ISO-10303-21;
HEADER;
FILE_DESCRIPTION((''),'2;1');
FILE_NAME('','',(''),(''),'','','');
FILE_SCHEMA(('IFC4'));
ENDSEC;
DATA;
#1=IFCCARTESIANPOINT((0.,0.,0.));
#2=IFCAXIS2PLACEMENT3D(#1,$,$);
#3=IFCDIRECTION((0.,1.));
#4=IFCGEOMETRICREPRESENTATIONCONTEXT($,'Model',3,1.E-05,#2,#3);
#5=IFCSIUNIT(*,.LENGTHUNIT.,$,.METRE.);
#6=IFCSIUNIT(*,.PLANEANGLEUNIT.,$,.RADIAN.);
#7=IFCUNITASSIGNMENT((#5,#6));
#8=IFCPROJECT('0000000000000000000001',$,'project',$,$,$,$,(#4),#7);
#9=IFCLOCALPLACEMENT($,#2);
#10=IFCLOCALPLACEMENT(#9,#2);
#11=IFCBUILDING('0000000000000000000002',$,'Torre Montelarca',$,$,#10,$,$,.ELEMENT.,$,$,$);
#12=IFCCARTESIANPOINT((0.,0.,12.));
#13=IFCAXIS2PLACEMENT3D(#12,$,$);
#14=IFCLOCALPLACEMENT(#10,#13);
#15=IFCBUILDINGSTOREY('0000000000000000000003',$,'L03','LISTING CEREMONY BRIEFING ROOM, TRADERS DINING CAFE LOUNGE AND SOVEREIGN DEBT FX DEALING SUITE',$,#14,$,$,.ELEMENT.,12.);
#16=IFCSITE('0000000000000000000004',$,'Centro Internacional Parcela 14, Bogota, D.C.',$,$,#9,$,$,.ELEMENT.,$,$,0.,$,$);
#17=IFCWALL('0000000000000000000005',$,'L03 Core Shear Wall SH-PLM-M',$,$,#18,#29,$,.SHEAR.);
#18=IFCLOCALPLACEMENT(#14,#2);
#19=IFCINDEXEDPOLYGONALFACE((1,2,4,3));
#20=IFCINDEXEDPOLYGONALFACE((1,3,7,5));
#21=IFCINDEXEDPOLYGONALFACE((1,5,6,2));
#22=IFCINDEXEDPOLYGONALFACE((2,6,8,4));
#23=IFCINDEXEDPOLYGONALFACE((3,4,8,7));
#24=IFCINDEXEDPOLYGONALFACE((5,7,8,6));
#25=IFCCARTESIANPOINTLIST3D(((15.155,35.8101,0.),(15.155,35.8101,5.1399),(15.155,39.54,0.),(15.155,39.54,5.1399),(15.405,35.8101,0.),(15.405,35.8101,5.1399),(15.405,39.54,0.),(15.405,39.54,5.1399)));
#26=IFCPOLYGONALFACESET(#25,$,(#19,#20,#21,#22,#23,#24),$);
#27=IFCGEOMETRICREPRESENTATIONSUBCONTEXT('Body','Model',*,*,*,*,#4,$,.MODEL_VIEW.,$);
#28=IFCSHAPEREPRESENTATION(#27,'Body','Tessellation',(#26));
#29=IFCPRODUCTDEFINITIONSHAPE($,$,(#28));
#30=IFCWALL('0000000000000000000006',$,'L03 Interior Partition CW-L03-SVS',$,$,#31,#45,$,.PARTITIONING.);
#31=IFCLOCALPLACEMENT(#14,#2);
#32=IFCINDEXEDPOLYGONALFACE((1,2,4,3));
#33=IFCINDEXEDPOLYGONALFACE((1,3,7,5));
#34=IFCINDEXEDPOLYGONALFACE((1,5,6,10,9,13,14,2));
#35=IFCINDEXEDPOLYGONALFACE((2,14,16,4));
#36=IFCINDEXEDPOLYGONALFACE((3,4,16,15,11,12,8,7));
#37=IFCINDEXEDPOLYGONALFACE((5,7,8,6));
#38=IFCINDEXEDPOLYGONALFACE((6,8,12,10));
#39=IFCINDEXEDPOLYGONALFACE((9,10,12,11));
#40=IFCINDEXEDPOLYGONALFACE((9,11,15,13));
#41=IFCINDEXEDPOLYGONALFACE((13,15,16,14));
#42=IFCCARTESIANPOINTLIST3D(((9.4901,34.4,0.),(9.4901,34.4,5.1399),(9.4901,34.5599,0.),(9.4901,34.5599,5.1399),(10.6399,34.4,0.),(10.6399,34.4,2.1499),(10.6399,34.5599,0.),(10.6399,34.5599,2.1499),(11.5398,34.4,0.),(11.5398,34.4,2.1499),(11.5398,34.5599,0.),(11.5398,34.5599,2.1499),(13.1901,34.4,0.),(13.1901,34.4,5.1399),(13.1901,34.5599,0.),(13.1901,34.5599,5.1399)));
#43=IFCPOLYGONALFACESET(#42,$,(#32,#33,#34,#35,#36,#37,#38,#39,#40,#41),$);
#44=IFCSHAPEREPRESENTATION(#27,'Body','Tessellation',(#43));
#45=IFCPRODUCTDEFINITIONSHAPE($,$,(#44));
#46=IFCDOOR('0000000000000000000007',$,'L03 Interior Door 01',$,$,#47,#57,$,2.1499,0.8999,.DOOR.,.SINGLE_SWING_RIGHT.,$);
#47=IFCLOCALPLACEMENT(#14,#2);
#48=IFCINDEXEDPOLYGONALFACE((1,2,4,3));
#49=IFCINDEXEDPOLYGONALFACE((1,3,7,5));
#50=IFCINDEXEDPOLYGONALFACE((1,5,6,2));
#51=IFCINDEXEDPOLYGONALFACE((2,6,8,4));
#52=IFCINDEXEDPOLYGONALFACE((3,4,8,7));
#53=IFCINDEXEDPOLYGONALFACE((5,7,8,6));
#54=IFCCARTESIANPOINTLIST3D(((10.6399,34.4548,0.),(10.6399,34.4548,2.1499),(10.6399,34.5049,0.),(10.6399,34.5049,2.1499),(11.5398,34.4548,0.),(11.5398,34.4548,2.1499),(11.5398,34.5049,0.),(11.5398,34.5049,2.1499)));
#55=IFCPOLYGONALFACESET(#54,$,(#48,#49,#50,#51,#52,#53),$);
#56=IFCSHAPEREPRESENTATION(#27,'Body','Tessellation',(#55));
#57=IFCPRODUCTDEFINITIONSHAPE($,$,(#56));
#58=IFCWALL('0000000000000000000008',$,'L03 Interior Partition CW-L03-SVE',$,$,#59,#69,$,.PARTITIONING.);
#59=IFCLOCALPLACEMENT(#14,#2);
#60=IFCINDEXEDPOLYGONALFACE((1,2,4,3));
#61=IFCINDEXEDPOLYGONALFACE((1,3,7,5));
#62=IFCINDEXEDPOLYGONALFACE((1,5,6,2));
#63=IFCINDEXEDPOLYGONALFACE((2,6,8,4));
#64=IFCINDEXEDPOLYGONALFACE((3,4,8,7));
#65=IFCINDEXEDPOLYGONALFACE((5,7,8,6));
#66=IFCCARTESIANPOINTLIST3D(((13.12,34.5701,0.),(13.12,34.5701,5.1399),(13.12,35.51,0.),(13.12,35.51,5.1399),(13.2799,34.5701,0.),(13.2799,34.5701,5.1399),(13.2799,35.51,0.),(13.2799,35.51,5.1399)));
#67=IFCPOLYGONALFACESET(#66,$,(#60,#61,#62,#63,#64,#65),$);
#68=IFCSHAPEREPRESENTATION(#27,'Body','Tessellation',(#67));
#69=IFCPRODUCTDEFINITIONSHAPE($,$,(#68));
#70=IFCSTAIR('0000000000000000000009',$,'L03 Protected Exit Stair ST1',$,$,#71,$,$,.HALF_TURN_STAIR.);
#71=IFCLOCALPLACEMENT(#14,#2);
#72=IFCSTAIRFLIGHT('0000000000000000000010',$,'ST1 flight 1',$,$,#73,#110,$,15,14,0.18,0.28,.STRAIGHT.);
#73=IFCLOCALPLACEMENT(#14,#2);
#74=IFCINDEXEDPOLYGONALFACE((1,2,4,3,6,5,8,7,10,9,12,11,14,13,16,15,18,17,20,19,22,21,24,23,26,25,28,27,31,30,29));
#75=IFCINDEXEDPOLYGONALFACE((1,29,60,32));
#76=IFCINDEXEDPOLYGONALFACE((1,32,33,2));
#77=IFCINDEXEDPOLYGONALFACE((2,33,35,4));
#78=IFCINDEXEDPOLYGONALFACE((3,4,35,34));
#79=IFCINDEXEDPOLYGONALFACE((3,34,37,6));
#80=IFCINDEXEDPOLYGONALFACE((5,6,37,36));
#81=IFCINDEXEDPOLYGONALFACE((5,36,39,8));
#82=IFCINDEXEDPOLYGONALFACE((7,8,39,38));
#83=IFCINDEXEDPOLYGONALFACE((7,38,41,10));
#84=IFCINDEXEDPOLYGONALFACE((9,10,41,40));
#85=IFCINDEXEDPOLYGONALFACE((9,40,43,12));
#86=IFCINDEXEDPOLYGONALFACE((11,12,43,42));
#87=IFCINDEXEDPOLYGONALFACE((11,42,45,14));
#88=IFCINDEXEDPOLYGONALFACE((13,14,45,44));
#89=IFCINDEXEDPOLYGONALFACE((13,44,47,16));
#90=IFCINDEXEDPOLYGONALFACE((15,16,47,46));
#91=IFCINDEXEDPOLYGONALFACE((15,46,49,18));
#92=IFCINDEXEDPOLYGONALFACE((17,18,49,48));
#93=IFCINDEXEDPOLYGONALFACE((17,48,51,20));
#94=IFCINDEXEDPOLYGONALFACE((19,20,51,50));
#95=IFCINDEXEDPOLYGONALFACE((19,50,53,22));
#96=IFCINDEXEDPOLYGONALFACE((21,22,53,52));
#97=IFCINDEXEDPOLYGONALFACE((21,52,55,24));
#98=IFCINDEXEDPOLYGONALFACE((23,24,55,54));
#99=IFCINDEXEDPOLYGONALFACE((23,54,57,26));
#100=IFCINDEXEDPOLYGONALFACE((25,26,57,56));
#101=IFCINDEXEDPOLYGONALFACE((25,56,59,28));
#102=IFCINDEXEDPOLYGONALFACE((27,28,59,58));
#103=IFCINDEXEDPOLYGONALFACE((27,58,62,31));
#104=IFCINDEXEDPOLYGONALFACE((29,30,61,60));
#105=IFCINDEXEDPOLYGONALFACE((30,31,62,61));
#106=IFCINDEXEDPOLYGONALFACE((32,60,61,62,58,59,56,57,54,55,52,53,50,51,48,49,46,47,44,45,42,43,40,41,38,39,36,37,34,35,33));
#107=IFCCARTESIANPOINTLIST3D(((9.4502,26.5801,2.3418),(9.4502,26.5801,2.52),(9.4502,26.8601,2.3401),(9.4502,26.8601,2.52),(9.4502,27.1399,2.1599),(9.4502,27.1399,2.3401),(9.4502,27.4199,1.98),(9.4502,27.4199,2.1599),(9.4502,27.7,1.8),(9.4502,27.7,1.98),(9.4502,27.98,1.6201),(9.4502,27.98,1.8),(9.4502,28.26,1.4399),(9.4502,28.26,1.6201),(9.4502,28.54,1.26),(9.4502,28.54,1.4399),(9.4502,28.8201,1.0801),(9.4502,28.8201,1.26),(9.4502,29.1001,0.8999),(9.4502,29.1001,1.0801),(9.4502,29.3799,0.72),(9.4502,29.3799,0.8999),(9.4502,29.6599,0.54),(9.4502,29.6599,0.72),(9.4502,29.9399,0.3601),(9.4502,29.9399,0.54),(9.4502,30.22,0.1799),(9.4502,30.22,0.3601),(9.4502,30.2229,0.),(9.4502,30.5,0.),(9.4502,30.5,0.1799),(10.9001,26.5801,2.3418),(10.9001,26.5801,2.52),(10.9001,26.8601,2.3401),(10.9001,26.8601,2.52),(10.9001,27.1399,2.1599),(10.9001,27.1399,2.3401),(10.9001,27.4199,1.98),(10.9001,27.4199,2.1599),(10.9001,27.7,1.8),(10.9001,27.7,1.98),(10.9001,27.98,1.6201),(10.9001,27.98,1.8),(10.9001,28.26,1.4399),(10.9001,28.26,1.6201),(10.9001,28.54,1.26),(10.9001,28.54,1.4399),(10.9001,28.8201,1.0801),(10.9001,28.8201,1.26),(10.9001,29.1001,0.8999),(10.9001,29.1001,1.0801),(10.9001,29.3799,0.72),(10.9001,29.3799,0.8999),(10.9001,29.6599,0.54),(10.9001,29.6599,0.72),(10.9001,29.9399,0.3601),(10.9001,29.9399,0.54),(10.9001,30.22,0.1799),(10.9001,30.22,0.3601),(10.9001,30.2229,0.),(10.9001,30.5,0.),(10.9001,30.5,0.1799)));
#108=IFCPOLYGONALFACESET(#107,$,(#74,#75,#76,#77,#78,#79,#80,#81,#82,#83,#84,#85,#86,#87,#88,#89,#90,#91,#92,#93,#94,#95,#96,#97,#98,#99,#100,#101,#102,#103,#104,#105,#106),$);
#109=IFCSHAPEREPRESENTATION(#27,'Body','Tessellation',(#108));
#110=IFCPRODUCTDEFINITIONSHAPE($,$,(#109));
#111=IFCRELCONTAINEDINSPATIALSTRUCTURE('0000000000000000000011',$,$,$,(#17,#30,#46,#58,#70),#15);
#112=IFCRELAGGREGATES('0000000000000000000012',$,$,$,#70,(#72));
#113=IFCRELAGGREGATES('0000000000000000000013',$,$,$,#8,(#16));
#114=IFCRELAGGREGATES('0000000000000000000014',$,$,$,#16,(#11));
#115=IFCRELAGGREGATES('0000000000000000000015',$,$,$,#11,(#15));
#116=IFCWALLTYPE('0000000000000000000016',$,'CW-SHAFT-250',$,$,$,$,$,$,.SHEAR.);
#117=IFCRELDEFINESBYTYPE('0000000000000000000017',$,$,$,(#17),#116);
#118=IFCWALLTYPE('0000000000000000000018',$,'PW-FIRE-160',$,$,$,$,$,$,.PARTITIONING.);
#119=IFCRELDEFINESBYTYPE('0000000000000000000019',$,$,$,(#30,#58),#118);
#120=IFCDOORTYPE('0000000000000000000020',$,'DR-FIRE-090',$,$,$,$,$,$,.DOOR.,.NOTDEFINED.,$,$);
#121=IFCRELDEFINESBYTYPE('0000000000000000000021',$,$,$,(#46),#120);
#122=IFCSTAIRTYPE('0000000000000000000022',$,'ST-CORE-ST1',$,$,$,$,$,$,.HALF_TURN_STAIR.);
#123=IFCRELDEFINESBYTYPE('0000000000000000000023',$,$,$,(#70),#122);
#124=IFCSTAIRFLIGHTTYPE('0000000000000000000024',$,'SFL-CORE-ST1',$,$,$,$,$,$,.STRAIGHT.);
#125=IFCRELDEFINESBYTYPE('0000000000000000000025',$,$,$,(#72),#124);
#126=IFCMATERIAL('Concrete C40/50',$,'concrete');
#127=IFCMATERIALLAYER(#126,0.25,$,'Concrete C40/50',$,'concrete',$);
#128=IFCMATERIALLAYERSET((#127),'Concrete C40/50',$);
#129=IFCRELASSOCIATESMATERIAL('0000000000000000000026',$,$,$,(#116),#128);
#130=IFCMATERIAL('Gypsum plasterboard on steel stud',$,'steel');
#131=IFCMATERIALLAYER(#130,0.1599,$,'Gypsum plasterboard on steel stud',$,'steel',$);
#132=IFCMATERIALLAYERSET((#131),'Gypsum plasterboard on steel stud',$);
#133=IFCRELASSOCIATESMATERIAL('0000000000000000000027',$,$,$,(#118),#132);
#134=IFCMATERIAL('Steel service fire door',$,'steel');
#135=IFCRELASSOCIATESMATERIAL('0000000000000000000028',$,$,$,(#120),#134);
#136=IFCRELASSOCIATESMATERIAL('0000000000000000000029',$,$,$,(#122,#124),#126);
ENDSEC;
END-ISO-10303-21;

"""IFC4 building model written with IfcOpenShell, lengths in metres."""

from ifc_helpers import new_model, si_unit, direction, frame, frame_2d, origin, place, context, subcontext, project, spatial, polyline, rectangle, outline, extrude, source, transform, mapped, material, layer, layer_set, type_object, element, fill, aggregate, save


model = new_model("IFC4")

# Units and contexts
model_context = context("Model", 3, precision=1e-05, world=origin(), true_north=direction((0.0, 1.0)))
body_context = subcontext(model_context, "Body", "Model", "MODEL_VIEW")
ifc_project = project(units=[si_unit("LENGTHUNIT", "METRE"), si_unit("PLANEANGLEUNIT", "RADIAN")], contexts=[model_context])

# Site, building, storey
site_placement = place(None, origin())
site = spatial("IfcSite", under=ifc_project, at=site_placement, Name="Centro Internacional Parcela 14, Bogota, D.C.", CompositionType="ELEMENT", RefElevation=0.0)
building_placement = place(site_placement, origin())
building = spatial("IfcBuilding", under=site, at=building_placement, Name="Torre Montelarca", CompositionType="ELEMENT")
storey_placement = place(building_placement, frame((0.0, 0.0, 12.0)))
storey = spatial("IfcBuildingStorey", under=building, at=storey_placement, Name="L03", Description="LISTING CEREMONY BRIEFING ROOM, TRADERS DINING CAFE LOUNGE AND SOVEREIGN DEBT FX DEALING SUITE", CompositionType="ELEMENT", Elevation=12.0)

# Shared definitions
ifc_material_1 = material(Name="Concrete C40/50", Category="concrete")
ifc_layer_1 = layer(ifc_material_1, 0.25, Name="Concrete C40/50", Category="concrete")
ifc_layer_set_1 = layer_set([ifc_layer_1], Name="Concrete C40/50")
wall_type_1 = type_object("IfcWallType", Name="CW-SHAFT-250", PredefinedType="SHEAR", material=ifc_layer_set_1)

# Wall
for number, where, z_axis, x_axis, name in (
    (1, (15.28, 35.8101, 0.0), (0.0, 0.0, 1.0), (0.0, 1.0, 0.0), "L03 Core Shear Wall SH-PLM-M"),
):
    element("IfcWall", number, at=place(storey_placement, frame(where, z_axis=z_axis, x_axis=x_axis)), inside=storey, type_object=wall_type_1, Name=name, PredefinedType="SHEAR", context=body_context, shape_type="SweptSolid", body=[
        extrude(rectangle(XDim=3.73, YDim=0.25, at=frame_2d((1.865, 0.0))), origin(), (0.0, 0.0, 1.0), 5.1399),
    ])

# Wall, opening, door
ifc_material_2 = material(Name="Gypsum plasterboard on steel stud", Category="steel")
ifc_layer_2 = layer(ifc_material_2, 0.1599, Name="Gypsum plasterboard on steel stud", Category="steel")
ifc_layer_set_2 = layer_set([ifc_layer_2], Name="Gypsum plasterboard on steel stud")
wall_type_2 = type_object("IfcWallType", Name="PW-FIRE-160", PredefinedType="PARTITIONING", material=ifc_layer_set_2)
wall_1_placement = place(storey_placement, frame((9.49, 34.48, 0.0), z_axis=(0.0, 0.0, 1.0), x_axis=(1.0, 0.0, 0.0)))
wall_1 = element("IfcWall", 2, at=wall_1_placement, inside=storey, type_object=wall_type_2, Name="L03 Interior Partition CW-L03-SVS", PredefinedType="PARTITIONING", context=body_context, shape_type="SweptSolid", body=[
    extrude(rectangle(XDim=3.7, YDim=0.1599, at=frame_2d((1.8501, 0.0))), origin(), (0.0, 0.0, 1.0), 5.1399),
])
opening_1_placement = place(wall_1_placement, frame((1.1499, 0.0, 0.0)))
opening_1 = element("IfcOpeningElement", 3, at=opening_1_placement, cuts=wall_1, PredefinedType="OPENING", context=body_context, shape_type="SweptSolid", body=[
    extrude(rectangle(XDim=0.8999, YDim=2.1499, at=frame_2d((0.45, 1.075))), frame((0.0, 0.0898, 0.0), z_axis=(0.0, -1.0, 0.0), x_axis=(1.0, 0.0, 0.0)), (0.0, 0.0, 1.0), 0.1799),
])
ifc_material_3 = material(Name="Steel service fire door", Category="steel")
door_type_1 = type_object("IfcDoorType", Name="DR-FIRE-090", OperationType="NOTDEFINED", PredefinedType="DOOR", material=ifc_material_3)
shared_shape_1 = source(origin(), body_context, "Body", "SweptSolid", [
    extrude(rectangle(XDim=0.8999, YDim=2.1499, at=frame_2d((0.45, 1.075))), frame((0.0, 0.0249, 0.0), z_axis=(0.0, -1.0, 0.0), x_axis=(1.0, 0.0, 0.0)), (0.0, 0.0, 1.0), 0.05),
])
door_1_placement = place(opening_1_placement, origin())
door_1 = element("IfcDoor", 4, at=door_1_placement, inside=storey, type_object=door_type_1, Name="L03 Interior Door 01", OperationType="SINGLE_SWING_RIGHT", OverallHeight=2.1499, OverallWidth=0.8999, PredefinedType="DOOR", context=body_context, shape_type="MappedRepresentation", body=[
    mapped(shared_shape_1, transform((0.0, 0.0, 0.0), scale=1.0)),
])
fill(opening_1, door_1)

# Wall
wall_2_placement = place(storey_placement, frame((13.2, 34.5701, 0.0), z_axis=(0.0, 0.0, 1.0), x_axis=(0.0, 1.0, 0.0)))
element("IfcWall", 5, at=wall_2_placement, inside=storey, type_object=wall_type_2, Name="L03 Interior Partition CW-L03-SVE", PredefinedType="PARTITIONING", context=body_context, shape_type="SweptSolid", body=[
    extrude(rectangle(XDim=0.9399, YDim=0.1599, at=frame_2d((0.47, 0.0))), origin(), (0.0, 0.0, 1.0), 5.1399),
])

# Stair, stair flight
stair_type = type_object("IfcStairType", Name="ST-CORE-ST1", PredefinedType="HALF_TURN_STAIR", material=ifc_material_1)
stair_placement = place(storey_placement, origin())
stair = element("IfcStair", 6, at=stair_placement, inside=storey, type_object=stair_type, Name="L03 Protected Exit Stair ST1", PredefinedType="HALF_TURN_STAIR")
stair_flight_type = type_object("IfcStairFlightType", Name="SFL-CORE-ST1", PredefinedType="STRAIGHT", material=ifc_material_1)
stair_flight_placement = place(storey_placement, frame((10.175, 30.5, 0.0), z_axis=(0.0, 0.0, 1.0), x_axis=(0.0, -1.0, 0.0)))
stair_flight = element("IfcStairFlight", 7, at=stair_flight_placement, type_object=stair_flight_type, Name="ST1 flight 1", NumberOfRisers=15, NumberOfTreads=14, PredefinedType="STRAIGHT", RiserHeight=0.18, TreadLength=0.28, context=body_context, shape_type="SweptSolid", body=[
    extrude(outline(polyline([(0.0, 0.0), (0.0, 0.1799), (0.28, 0.1799), (0.28, 0.3601), (0.5601, 0.3601), (0.5601, 0.54), (0.8401, 0.54), (0.8401, 0.72), (1.1201, 0.72), (1.1201, 0.8999), (1.3999, 0.8999), (1.3999, 1.0801), (1.6799, 1.0801), (1.6799, 1.26), (1.96, 1.26), (1.96, 1.4399), (2.24, 1.4399), (2.24, 1.6201), (2.52, 1.6201), (2.52, 1.8), (2.8, 1.8), (2.8, 1.98), (3.0801, 1.98), (3.0801, 2.1599), (3.3601, 2.1599), (3.3601, 2.3401), (3.6399, 2.3401), (3.6399, 2.52), (3.9199, 2.52), (3.9199, 2.7), (3.9199, 2.3418), (0.2771, 0.0), (0.0, 0.0)])), frame((0.0, 0.7251, 0.0), z_axis=(0.0, -1.0, 0.0), x_axis=(1.0, 0.0, 0.0)), (0.0, 0.0, 1.0), 1.45),
])
aggregate(stair, [stair_flight])

save(model, "model.ifc")
